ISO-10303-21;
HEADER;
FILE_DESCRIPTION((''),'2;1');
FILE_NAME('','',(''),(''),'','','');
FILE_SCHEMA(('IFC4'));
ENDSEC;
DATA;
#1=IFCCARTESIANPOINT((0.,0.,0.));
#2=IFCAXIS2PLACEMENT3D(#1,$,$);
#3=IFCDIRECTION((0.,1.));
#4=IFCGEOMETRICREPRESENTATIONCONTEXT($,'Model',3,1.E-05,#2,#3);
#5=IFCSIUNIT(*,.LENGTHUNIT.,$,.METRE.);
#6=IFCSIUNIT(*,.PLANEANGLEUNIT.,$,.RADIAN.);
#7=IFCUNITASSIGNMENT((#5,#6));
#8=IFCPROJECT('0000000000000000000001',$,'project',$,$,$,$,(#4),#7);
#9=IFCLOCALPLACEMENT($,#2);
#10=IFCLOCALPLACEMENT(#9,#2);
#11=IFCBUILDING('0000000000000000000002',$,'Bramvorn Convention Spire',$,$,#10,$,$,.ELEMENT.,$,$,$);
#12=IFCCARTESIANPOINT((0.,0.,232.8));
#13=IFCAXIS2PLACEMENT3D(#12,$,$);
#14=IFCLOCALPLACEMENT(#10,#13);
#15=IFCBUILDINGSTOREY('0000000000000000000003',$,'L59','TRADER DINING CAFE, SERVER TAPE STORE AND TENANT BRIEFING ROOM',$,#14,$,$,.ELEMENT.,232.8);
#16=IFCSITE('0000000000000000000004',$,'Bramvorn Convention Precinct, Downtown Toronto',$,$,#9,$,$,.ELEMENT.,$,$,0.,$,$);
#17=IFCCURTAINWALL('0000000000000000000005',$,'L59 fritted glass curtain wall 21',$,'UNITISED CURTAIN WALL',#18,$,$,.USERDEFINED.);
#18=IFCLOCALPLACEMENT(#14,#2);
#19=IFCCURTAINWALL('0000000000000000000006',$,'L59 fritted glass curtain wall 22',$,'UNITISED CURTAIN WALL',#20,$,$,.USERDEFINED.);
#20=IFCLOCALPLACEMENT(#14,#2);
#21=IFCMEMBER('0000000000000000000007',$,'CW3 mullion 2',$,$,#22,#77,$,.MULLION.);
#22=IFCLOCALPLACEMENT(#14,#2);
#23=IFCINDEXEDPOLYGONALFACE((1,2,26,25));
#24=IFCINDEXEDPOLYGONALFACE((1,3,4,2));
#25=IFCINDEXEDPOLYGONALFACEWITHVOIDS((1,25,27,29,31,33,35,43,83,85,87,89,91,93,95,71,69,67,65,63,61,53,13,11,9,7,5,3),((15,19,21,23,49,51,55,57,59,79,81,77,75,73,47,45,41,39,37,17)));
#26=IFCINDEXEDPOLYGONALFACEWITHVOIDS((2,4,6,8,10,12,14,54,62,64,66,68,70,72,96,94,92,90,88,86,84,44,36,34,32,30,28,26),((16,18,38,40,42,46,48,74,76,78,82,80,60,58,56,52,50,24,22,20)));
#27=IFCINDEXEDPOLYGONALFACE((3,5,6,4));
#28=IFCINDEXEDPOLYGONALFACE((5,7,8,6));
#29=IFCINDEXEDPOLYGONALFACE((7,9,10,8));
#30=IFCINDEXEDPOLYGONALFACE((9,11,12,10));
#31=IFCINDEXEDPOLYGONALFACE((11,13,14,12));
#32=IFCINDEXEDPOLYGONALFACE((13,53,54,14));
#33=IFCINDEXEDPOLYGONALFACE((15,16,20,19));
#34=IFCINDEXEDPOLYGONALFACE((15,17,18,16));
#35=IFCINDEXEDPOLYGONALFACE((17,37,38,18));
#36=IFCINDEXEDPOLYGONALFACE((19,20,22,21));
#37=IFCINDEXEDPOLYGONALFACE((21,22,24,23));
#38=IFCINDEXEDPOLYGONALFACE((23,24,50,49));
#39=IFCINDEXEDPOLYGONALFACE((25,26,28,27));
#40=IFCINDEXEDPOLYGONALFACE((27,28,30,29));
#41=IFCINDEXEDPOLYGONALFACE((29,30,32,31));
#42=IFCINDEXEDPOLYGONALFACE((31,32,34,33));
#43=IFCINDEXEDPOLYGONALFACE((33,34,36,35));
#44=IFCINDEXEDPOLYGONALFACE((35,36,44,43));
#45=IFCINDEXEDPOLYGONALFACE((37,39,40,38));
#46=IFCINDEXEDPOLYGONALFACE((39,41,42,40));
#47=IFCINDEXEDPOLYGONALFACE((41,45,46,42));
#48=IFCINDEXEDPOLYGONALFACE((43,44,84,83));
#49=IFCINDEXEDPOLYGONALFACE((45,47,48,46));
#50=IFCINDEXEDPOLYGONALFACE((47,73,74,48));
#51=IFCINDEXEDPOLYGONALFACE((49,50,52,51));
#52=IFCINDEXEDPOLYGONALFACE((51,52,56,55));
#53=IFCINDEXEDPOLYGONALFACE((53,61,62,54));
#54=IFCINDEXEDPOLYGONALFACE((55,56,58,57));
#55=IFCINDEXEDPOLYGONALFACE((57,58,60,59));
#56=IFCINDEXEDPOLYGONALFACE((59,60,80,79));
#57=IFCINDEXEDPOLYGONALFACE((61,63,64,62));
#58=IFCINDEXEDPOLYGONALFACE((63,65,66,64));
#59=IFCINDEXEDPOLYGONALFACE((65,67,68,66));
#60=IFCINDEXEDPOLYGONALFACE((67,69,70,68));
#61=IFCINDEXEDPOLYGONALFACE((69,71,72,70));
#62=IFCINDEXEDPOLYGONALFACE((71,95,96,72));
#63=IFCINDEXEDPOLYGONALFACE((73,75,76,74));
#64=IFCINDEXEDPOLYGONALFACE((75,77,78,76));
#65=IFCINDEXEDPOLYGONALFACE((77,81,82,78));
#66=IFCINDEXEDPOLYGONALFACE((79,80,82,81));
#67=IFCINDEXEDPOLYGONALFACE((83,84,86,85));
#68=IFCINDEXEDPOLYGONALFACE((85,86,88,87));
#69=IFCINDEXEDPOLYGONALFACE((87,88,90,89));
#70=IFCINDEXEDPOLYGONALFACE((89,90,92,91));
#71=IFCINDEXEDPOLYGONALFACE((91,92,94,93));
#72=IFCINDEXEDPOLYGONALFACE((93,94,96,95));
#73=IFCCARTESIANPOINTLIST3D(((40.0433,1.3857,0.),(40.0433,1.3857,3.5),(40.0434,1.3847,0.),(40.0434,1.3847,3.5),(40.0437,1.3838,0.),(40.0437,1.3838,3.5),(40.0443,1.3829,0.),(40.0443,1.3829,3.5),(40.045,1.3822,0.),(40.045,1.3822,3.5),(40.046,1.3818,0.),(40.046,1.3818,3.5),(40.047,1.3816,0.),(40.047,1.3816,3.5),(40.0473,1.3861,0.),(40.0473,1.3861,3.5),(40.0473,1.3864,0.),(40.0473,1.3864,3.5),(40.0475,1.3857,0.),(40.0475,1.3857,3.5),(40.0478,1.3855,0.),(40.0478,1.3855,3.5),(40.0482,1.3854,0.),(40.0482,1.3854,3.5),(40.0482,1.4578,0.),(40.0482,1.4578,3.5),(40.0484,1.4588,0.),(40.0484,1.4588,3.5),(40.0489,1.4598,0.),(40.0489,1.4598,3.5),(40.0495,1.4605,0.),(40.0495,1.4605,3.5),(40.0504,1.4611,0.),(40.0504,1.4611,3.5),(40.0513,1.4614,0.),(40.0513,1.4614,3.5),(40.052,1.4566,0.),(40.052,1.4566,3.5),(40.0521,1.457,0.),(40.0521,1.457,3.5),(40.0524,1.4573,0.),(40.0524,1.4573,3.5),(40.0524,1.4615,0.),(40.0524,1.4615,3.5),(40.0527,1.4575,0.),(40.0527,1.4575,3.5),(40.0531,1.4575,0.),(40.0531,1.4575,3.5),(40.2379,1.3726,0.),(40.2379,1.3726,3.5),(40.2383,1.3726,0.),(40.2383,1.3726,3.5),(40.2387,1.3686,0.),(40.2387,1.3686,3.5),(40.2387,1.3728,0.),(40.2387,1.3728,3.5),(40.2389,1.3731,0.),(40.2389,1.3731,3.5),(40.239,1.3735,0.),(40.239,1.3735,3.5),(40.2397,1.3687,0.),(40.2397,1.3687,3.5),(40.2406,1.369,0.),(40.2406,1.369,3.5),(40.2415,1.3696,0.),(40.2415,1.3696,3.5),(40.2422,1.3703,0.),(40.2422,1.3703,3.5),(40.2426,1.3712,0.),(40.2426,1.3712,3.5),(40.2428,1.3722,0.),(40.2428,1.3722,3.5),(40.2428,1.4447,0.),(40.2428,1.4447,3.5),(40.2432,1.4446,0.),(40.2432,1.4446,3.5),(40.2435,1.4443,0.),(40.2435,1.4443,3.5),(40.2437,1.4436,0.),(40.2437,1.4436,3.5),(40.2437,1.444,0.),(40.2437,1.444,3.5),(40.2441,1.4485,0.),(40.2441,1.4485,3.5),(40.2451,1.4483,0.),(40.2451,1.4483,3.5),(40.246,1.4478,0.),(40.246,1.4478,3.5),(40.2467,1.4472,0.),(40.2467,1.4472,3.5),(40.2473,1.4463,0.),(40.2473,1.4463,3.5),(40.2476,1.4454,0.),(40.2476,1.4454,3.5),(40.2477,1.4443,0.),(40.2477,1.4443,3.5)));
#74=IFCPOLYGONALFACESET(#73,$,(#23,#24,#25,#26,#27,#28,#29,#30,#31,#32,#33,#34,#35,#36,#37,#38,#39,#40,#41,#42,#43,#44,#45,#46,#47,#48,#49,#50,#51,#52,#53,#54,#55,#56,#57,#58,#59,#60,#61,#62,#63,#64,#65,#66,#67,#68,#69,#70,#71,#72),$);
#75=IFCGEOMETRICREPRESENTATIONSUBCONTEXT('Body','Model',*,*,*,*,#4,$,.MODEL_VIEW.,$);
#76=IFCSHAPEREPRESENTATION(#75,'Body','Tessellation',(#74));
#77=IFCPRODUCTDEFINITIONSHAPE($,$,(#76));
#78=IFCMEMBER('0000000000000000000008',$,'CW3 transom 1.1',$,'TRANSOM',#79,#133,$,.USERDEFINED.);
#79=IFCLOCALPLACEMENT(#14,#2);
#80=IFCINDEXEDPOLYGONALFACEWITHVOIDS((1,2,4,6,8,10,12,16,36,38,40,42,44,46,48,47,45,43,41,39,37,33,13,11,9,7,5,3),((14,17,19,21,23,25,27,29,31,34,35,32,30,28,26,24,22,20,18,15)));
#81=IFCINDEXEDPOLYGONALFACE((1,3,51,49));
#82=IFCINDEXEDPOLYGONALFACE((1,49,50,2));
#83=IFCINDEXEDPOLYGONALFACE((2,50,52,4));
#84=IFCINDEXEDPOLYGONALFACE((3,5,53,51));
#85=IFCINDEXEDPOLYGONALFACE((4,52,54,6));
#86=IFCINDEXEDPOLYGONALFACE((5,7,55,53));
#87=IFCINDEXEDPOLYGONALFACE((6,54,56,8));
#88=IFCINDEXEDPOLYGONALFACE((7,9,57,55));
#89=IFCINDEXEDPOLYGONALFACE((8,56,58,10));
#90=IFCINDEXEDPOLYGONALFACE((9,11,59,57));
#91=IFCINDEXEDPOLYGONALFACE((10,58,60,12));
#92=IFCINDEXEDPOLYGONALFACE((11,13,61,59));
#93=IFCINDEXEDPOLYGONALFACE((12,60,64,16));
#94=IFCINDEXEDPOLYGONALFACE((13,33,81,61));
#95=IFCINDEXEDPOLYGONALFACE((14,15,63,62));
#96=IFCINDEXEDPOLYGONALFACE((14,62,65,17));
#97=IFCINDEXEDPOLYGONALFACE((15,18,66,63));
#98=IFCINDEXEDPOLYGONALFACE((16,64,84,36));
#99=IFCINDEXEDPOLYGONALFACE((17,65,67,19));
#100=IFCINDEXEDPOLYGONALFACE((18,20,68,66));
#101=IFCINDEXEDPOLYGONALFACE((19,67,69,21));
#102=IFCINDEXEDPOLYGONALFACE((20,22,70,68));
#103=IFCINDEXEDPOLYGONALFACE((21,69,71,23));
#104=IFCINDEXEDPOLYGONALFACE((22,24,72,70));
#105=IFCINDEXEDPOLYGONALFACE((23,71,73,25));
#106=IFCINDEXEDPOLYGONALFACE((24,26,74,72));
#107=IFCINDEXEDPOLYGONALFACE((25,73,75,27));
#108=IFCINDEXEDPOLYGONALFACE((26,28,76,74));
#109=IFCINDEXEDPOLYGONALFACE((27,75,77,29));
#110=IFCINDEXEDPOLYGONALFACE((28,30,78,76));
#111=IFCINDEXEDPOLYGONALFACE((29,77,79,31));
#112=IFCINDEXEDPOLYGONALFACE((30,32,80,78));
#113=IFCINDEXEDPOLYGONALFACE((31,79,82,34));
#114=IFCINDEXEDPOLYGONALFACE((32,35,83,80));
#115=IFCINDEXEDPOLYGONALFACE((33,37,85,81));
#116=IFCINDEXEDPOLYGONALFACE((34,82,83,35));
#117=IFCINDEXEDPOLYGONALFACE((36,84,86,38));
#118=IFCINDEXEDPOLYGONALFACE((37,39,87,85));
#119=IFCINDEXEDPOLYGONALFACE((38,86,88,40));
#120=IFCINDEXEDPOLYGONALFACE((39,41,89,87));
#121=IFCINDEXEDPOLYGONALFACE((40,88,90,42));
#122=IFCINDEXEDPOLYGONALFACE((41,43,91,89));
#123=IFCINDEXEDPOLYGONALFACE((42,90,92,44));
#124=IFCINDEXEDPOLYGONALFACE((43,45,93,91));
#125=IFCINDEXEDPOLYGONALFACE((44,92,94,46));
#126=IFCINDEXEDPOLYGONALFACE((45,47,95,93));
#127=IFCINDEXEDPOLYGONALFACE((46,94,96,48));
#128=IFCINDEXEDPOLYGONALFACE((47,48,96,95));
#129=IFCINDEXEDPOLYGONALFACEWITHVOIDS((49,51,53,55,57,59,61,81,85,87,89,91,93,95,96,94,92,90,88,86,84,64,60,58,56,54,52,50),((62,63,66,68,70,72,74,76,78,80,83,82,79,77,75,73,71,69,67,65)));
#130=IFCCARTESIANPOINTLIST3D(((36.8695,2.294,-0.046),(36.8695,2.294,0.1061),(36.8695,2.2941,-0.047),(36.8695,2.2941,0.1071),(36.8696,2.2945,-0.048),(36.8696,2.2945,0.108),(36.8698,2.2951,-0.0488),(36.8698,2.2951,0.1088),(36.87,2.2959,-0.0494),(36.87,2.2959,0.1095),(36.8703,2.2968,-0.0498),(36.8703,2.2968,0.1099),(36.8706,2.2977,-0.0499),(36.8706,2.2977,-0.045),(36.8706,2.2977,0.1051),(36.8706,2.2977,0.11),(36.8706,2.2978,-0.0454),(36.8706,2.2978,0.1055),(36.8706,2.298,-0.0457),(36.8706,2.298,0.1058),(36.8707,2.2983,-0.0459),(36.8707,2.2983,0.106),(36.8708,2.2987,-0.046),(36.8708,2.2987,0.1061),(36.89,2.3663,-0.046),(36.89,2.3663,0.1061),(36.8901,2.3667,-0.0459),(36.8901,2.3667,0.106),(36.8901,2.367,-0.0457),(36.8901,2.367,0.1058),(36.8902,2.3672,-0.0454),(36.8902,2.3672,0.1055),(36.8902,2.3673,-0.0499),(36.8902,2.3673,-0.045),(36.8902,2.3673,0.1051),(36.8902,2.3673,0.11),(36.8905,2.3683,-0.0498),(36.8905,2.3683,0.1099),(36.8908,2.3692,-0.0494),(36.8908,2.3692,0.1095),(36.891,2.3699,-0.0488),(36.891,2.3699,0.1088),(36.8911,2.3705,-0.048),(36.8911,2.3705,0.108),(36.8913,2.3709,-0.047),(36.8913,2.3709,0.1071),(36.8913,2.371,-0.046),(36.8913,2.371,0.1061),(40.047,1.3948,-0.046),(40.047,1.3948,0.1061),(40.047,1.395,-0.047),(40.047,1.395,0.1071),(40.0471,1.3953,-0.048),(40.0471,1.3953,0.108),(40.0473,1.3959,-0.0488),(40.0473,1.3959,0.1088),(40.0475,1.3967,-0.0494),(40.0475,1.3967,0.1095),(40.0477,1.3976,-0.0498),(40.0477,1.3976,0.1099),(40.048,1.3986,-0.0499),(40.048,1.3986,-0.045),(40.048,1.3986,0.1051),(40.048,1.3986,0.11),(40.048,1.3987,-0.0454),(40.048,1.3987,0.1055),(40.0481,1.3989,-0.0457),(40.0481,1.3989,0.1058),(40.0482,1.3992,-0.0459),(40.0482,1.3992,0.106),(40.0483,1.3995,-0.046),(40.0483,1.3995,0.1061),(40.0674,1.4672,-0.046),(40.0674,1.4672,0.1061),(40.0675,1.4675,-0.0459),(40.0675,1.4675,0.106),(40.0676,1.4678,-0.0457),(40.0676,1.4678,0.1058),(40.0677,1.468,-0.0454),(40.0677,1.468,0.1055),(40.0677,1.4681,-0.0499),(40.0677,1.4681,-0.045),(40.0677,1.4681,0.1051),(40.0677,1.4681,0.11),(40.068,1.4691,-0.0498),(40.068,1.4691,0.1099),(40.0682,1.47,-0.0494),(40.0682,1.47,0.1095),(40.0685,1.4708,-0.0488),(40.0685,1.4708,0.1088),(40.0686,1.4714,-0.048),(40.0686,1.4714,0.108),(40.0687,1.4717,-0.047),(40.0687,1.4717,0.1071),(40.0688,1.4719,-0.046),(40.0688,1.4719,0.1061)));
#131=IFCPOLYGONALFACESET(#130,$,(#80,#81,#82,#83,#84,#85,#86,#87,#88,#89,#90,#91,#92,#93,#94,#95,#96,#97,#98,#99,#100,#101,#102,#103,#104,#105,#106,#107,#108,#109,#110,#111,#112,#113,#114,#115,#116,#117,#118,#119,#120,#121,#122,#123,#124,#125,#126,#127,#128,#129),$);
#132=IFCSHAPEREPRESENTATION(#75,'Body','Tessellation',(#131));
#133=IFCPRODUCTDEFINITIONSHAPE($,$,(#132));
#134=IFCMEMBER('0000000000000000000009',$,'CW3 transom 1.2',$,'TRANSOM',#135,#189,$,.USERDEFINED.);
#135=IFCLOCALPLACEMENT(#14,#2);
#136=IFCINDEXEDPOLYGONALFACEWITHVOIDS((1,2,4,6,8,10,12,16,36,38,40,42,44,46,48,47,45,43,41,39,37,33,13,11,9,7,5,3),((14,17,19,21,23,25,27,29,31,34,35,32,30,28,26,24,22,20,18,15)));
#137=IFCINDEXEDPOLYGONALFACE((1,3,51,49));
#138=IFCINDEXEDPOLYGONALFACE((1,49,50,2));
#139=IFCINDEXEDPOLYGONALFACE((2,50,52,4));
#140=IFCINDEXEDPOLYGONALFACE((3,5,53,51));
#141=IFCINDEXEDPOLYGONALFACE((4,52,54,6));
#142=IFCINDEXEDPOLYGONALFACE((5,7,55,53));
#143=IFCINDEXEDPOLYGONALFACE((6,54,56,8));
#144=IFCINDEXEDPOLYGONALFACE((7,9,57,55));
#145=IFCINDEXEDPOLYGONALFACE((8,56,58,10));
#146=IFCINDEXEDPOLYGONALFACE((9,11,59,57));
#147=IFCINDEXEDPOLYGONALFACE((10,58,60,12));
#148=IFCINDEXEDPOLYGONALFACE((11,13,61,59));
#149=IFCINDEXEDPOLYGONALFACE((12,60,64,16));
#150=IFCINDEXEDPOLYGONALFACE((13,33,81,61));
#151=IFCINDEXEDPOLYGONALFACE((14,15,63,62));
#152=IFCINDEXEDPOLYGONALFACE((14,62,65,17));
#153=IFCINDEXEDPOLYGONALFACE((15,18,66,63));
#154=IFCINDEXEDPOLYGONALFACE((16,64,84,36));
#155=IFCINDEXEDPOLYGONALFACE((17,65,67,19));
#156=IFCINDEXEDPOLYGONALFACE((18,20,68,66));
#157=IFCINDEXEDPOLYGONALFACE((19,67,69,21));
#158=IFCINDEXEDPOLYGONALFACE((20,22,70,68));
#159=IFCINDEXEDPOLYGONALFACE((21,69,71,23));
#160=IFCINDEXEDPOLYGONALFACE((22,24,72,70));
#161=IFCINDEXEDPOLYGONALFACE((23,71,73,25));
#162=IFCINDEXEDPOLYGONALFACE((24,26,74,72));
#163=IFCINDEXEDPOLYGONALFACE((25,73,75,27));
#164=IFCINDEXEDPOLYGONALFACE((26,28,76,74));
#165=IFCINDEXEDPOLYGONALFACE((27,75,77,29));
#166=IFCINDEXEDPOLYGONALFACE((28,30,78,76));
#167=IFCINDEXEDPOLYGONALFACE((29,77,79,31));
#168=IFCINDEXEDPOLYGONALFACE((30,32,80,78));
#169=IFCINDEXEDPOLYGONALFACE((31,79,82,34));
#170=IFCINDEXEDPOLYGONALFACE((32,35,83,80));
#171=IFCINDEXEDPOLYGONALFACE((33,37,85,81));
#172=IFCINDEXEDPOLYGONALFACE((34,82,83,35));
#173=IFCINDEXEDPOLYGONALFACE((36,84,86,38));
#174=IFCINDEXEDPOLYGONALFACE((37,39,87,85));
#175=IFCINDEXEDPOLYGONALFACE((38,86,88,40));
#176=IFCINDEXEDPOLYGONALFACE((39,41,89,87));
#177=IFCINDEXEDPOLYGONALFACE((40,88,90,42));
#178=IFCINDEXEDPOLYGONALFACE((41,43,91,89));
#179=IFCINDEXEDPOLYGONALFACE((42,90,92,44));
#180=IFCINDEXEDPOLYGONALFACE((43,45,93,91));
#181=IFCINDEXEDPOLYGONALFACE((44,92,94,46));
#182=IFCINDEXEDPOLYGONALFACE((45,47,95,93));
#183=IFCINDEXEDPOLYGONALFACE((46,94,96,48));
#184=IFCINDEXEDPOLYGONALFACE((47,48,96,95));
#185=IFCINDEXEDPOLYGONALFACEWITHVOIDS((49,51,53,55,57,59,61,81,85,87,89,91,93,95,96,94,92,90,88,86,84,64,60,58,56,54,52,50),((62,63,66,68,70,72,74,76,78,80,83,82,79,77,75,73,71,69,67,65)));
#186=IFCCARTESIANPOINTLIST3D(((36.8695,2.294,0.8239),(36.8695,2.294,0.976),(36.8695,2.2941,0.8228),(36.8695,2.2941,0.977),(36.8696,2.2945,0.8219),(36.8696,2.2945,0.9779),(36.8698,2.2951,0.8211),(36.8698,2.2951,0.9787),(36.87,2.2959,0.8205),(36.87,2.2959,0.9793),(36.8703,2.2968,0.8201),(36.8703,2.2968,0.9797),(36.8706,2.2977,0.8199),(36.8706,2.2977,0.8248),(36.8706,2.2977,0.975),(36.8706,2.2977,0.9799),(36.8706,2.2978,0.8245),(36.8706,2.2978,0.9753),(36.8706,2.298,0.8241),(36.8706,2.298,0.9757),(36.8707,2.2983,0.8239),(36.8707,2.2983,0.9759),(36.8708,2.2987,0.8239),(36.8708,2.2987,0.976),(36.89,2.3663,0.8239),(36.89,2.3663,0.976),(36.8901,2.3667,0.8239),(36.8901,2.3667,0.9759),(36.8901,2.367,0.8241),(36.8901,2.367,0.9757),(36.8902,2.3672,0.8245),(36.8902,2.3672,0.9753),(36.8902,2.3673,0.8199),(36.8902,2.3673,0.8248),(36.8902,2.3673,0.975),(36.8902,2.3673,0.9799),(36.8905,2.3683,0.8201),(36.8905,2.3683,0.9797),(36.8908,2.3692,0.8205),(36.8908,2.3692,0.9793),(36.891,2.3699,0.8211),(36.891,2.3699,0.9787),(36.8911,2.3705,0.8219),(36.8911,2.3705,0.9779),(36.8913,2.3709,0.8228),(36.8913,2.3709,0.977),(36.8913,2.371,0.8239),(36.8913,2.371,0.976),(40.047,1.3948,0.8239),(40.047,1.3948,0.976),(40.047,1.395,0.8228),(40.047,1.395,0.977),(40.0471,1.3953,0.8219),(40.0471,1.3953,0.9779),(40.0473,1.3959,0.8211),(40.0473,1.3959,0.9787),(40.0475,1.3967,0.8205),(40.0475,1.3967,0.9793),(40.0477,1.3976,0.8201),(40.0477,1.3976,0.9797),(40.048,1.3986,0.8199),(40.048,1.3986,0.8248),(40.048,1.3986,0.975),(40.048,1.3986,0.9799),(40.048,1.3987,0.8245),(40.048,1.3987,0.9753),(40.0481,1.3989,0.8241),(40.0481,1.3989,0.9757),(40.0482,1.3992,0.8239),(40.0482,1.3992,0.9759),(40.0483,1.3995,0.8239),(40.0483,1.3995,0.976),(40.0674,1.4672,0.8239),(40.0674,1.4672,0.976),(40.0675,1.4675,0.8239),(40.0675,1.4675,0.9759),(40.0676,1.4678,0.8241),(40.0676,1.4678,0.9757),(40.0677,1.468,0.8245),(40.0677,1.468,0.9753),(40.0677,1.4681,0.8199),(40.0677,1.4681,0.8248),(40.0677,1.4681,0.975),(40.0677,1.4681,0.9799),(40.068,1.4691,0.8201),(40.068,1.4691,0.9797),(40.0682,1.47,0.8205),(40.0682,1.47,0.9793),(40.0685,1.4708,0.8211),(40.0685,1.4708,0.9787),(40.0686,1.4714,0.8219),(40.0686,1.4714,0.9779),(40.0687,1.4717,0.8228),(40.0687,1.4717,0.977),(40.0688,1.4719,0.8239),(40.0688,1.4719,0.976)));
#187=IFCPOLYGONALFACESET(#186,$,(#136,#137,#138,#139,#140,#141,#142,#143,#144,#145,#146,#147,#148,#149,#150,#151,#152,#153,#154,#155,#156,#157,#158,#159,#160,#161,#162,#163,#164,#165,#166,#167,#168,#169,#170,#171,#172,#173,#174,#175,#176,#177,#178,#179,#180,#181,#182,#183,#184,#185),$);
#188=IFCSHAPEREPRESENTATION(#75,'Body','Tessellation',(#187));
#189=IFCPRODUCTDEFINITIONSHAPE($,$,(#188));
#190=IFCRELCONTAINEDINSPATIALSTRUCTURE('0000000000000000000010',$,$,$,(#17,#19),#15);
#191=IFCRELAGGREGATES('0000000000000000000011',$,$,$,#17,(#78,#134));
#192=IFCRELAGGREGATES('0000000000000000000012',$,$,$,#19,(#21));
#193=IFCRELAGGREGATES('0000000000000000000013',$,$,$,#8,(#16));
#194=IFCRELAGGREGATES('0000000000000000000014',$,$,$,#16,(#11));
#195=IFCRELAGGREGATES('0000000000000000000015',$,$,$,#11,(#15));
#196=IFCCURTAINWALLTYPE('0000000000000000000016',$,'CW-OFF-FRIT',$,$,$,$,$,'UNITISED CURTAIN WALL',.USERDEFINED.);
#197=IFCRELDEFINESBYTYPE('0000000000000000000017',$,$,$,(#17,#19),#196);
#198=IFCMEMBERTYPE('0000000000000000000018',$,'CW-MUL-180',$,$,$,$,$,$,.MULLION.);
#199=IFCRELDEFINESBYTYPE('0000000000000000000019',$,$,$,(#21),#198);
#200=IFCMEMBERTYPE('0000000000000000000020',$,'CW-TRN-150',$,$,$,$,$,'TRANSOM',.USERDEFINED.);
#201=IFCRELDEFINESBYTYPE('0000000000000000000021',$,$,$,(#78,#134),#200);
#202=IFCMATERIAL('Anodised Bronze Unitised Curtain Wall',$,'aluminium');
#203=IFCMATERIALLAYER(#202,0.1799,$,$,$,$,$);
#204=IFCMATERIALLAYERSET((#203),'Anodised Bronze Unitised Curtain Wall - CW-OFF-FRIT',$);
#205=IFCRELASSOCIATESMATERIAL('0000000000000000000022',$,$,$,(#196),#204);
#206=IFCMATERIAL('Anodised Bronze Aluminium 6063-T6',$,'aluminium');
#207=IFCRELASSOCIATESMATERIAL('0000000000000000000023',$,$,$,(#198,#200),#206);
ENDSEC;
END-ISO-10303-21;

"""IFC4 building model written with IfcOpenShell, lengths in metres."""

from ifc_helpers import new_model, si_unit, direction, frame, origin, origin_2d, place, context, subcontext, project, spatial, hollow_rectangle, extrude, material, layer, layer_set, material_profile, profile_set, type_object, element, aggregate, save


model = new_model("IFC4")

# Units and contexts
model_context = context("Model", 3, precision=1e-05, world=origin(), true_north=direction((0.0, 1.0)))
body_context = subcontext(model_context, "Body", "Model", "MODEL_VIEW")
ifc_project = project(units=[si_unit("LENGTHUNIT", "METRE"), si_unit("PLANEANGLEUNIT", "RADIAN")], contexts=[model_context])

# Site, building, storey
site_placement = place(None, origin())
site = spatial("IfcSite", under=ifc_project, at=site_placement, Name="Bramvorn Convention Precinct, Downtown Toronto", CompositionType="ELEMENT", RefElevation=0.0)
building_placement = place(site_placement, origin())
building = spatial("IfcBuilding", under=site, at=building_placement, Name="Bramvorn Convention Spire", CompositionType="ELEMENT")
storey_placement = place(building_placement, frame((0.0, 0.0, 232.8)))
storey = spatial("IfcBuildingStorey", under=building, at=storey_placement, Name="L59", Description="TRADER DINING CAFE, SERVER TAPE STORE AND TENANT BRIEFING ROOM", CompositionType="ELEMENT", Elevation=232.8)

# Curtain wall
ifc_material_1 = material(Name="Anodised Bronze Unitised Curtain Wall", Category="aluminium")
ifc_layer_1 = layer(ifc_material_1, 0.1799)
ifc_layer_set_1 = layer_set([ifc_layer_1], Name="Anodised Bronze Unitised Curtain Wall - CW-OFF-FRIT")
curtain_wall_type = type_object("IfcCurtainWallType", Name="CW-OFF-FRIT", ElementType="UNITISED CURTAIN WALL", PredefinedType="USERDEFINED", material=ifc_layer_set_1)
curtain_wall_1_placement = place(storey_placement, origin())
curtain_wall_1 = element("IfcCurtainWall", 1, at=curtain_wall_1_placement, inside=storey, type_object=curtain_wall_type, Name="L59 fritted glass curtain wall 21", ObjectType="UNITISED CURTAIN WALL", PredefinedType="USERDEFINED")
ifc_material_2 = material(Name="Anodised Bronze Aluminium 6063-T6", Category="aluminium")
ifc_material_profile_1 = material_profile(ifc_material_2, hollow_rectangle(XDim=0.0801, YDim=0.2, WallThickness=0.0039, InnerFilletRadius=0.001, OuterFilletRadius=0.0039, at=origin_2d()))
ifc_profile_set_1 = profile_set([ifc_material_profile_1], Name="Anodised Bronze Aluminium 6063-T6 - CWM80X200")
member_type_1 = type_object("IfcMemberType", Name="CW-MUL-180", PredefinedType="MULLION", material=ifc_profile_set_1)

# Curtain wall, member
curtain_wall_2_placement = place(storey_placement, origin())
curtain_wall_2 = element("IfcCurtainWall", 2, at=curtain_wall_2_placement, inside=storey, type_object=curtain_wall_type, Name="L59 fritted glass curtain wall 22", ObjectType="UNITISED CURTAIN WALL", PredefinedType="USERDEFINED")
member_1_placement = place(storey_placement, frame((40.1455, 1.415, 0.0), z_axis=(0.0, 0.0, 1.0), x_axis=(-0.067503, -0.997719, 0.0)))
member_1 = element("IfcMember", 3, at=member_1_placement, type_object=member_type_1, Name="CW3 mullion 2", PredefinedType="MULLION", context=body_context, shape_type="SweptSolid", body=[
    extrude(hollow_rectangle(XDim=0.0801, YDim=0.2, WallThickness=0.0039, InnerFilletRadius=0.001, OuterFilletRadius=0.0039, at=origin_2d()), origin(), (0.0, 0.0, 1.0), 3.5),
])

# Members
ifc_material_profile_2 = material_profile(ifc_material_2, hollow_rectangle(XDim=0.0801, YDim=0.1599, WallThickness=0.0039, InnerFilletRadius=0.001, OuterFilletRadius=0.0039, at=origin_2d()))
ifc_profile_set_2 = profile_set([ifc_material_profile_2], Name="Anodised Bronze Aluminium 6063-T6 - CWT80X160")
member_type_2 = type_object("IfcMemberType", Name="CW-TRN-150", ElementType="TRANSOM", PredefinedType="USERDEFINED", material=ifc_profile_set_2)
member_2_placement = place(storey_placement, frame((40.0579, 1.4333, 0.03), z_axis=(-0.962216, 0.272289, 0.0), x_axis=(-0.272289, -0.962216, 0.0)))
member_2 = element("IfcMember", 4, at=member_2_placement, type_object=member_type_2, Name="CW3 transom 1.1", ObjectType="TRANSOM", PredefinedType="USERDEFINED", context=body_context, shape_type="SweptSolid", body=[
    extrude(hollow_rectangle(XDim=0.0801, YDim=0.1599, WallThickness=0.0039, InnerFilletRadius=0.001, OuterFilletRadius=0.0039, at=origin_2d()), origin(), (0.0, 0.0, 1.0), 3.3022),
])
member_3_placement = place(storey_placement, frame((40.0579, 1.4333, 0.8999), z_axis=(-0.962216, 0.272289, 0.0), x_axis=(-0.272289, -0.962216, 0.0)))
member_3 = element("IfcMember", 5, at=member_3_placement, type_object=member_type_2, Name="CW3 transom 1.2", ObjectType="TRANSOM", PredefinedType="USERDEFINED", context=body_context, shape_type="SweptSolid", body=[
    extrude(hollow_rectangle(XDim=0.0801, YDim=0.1599, WallThickness=0.0039, InnerFilletRadius=0.001, OuterFilletRadius=0.0039, at=origin_2d()), origin(), (0.0, 0.0, 1.0), 3.3022),
])

aggregate(curtain_wall_1, [member_2, member_3])
aggregate(curtain_wall_2, [member_1])

save(model, "model.ifc")
